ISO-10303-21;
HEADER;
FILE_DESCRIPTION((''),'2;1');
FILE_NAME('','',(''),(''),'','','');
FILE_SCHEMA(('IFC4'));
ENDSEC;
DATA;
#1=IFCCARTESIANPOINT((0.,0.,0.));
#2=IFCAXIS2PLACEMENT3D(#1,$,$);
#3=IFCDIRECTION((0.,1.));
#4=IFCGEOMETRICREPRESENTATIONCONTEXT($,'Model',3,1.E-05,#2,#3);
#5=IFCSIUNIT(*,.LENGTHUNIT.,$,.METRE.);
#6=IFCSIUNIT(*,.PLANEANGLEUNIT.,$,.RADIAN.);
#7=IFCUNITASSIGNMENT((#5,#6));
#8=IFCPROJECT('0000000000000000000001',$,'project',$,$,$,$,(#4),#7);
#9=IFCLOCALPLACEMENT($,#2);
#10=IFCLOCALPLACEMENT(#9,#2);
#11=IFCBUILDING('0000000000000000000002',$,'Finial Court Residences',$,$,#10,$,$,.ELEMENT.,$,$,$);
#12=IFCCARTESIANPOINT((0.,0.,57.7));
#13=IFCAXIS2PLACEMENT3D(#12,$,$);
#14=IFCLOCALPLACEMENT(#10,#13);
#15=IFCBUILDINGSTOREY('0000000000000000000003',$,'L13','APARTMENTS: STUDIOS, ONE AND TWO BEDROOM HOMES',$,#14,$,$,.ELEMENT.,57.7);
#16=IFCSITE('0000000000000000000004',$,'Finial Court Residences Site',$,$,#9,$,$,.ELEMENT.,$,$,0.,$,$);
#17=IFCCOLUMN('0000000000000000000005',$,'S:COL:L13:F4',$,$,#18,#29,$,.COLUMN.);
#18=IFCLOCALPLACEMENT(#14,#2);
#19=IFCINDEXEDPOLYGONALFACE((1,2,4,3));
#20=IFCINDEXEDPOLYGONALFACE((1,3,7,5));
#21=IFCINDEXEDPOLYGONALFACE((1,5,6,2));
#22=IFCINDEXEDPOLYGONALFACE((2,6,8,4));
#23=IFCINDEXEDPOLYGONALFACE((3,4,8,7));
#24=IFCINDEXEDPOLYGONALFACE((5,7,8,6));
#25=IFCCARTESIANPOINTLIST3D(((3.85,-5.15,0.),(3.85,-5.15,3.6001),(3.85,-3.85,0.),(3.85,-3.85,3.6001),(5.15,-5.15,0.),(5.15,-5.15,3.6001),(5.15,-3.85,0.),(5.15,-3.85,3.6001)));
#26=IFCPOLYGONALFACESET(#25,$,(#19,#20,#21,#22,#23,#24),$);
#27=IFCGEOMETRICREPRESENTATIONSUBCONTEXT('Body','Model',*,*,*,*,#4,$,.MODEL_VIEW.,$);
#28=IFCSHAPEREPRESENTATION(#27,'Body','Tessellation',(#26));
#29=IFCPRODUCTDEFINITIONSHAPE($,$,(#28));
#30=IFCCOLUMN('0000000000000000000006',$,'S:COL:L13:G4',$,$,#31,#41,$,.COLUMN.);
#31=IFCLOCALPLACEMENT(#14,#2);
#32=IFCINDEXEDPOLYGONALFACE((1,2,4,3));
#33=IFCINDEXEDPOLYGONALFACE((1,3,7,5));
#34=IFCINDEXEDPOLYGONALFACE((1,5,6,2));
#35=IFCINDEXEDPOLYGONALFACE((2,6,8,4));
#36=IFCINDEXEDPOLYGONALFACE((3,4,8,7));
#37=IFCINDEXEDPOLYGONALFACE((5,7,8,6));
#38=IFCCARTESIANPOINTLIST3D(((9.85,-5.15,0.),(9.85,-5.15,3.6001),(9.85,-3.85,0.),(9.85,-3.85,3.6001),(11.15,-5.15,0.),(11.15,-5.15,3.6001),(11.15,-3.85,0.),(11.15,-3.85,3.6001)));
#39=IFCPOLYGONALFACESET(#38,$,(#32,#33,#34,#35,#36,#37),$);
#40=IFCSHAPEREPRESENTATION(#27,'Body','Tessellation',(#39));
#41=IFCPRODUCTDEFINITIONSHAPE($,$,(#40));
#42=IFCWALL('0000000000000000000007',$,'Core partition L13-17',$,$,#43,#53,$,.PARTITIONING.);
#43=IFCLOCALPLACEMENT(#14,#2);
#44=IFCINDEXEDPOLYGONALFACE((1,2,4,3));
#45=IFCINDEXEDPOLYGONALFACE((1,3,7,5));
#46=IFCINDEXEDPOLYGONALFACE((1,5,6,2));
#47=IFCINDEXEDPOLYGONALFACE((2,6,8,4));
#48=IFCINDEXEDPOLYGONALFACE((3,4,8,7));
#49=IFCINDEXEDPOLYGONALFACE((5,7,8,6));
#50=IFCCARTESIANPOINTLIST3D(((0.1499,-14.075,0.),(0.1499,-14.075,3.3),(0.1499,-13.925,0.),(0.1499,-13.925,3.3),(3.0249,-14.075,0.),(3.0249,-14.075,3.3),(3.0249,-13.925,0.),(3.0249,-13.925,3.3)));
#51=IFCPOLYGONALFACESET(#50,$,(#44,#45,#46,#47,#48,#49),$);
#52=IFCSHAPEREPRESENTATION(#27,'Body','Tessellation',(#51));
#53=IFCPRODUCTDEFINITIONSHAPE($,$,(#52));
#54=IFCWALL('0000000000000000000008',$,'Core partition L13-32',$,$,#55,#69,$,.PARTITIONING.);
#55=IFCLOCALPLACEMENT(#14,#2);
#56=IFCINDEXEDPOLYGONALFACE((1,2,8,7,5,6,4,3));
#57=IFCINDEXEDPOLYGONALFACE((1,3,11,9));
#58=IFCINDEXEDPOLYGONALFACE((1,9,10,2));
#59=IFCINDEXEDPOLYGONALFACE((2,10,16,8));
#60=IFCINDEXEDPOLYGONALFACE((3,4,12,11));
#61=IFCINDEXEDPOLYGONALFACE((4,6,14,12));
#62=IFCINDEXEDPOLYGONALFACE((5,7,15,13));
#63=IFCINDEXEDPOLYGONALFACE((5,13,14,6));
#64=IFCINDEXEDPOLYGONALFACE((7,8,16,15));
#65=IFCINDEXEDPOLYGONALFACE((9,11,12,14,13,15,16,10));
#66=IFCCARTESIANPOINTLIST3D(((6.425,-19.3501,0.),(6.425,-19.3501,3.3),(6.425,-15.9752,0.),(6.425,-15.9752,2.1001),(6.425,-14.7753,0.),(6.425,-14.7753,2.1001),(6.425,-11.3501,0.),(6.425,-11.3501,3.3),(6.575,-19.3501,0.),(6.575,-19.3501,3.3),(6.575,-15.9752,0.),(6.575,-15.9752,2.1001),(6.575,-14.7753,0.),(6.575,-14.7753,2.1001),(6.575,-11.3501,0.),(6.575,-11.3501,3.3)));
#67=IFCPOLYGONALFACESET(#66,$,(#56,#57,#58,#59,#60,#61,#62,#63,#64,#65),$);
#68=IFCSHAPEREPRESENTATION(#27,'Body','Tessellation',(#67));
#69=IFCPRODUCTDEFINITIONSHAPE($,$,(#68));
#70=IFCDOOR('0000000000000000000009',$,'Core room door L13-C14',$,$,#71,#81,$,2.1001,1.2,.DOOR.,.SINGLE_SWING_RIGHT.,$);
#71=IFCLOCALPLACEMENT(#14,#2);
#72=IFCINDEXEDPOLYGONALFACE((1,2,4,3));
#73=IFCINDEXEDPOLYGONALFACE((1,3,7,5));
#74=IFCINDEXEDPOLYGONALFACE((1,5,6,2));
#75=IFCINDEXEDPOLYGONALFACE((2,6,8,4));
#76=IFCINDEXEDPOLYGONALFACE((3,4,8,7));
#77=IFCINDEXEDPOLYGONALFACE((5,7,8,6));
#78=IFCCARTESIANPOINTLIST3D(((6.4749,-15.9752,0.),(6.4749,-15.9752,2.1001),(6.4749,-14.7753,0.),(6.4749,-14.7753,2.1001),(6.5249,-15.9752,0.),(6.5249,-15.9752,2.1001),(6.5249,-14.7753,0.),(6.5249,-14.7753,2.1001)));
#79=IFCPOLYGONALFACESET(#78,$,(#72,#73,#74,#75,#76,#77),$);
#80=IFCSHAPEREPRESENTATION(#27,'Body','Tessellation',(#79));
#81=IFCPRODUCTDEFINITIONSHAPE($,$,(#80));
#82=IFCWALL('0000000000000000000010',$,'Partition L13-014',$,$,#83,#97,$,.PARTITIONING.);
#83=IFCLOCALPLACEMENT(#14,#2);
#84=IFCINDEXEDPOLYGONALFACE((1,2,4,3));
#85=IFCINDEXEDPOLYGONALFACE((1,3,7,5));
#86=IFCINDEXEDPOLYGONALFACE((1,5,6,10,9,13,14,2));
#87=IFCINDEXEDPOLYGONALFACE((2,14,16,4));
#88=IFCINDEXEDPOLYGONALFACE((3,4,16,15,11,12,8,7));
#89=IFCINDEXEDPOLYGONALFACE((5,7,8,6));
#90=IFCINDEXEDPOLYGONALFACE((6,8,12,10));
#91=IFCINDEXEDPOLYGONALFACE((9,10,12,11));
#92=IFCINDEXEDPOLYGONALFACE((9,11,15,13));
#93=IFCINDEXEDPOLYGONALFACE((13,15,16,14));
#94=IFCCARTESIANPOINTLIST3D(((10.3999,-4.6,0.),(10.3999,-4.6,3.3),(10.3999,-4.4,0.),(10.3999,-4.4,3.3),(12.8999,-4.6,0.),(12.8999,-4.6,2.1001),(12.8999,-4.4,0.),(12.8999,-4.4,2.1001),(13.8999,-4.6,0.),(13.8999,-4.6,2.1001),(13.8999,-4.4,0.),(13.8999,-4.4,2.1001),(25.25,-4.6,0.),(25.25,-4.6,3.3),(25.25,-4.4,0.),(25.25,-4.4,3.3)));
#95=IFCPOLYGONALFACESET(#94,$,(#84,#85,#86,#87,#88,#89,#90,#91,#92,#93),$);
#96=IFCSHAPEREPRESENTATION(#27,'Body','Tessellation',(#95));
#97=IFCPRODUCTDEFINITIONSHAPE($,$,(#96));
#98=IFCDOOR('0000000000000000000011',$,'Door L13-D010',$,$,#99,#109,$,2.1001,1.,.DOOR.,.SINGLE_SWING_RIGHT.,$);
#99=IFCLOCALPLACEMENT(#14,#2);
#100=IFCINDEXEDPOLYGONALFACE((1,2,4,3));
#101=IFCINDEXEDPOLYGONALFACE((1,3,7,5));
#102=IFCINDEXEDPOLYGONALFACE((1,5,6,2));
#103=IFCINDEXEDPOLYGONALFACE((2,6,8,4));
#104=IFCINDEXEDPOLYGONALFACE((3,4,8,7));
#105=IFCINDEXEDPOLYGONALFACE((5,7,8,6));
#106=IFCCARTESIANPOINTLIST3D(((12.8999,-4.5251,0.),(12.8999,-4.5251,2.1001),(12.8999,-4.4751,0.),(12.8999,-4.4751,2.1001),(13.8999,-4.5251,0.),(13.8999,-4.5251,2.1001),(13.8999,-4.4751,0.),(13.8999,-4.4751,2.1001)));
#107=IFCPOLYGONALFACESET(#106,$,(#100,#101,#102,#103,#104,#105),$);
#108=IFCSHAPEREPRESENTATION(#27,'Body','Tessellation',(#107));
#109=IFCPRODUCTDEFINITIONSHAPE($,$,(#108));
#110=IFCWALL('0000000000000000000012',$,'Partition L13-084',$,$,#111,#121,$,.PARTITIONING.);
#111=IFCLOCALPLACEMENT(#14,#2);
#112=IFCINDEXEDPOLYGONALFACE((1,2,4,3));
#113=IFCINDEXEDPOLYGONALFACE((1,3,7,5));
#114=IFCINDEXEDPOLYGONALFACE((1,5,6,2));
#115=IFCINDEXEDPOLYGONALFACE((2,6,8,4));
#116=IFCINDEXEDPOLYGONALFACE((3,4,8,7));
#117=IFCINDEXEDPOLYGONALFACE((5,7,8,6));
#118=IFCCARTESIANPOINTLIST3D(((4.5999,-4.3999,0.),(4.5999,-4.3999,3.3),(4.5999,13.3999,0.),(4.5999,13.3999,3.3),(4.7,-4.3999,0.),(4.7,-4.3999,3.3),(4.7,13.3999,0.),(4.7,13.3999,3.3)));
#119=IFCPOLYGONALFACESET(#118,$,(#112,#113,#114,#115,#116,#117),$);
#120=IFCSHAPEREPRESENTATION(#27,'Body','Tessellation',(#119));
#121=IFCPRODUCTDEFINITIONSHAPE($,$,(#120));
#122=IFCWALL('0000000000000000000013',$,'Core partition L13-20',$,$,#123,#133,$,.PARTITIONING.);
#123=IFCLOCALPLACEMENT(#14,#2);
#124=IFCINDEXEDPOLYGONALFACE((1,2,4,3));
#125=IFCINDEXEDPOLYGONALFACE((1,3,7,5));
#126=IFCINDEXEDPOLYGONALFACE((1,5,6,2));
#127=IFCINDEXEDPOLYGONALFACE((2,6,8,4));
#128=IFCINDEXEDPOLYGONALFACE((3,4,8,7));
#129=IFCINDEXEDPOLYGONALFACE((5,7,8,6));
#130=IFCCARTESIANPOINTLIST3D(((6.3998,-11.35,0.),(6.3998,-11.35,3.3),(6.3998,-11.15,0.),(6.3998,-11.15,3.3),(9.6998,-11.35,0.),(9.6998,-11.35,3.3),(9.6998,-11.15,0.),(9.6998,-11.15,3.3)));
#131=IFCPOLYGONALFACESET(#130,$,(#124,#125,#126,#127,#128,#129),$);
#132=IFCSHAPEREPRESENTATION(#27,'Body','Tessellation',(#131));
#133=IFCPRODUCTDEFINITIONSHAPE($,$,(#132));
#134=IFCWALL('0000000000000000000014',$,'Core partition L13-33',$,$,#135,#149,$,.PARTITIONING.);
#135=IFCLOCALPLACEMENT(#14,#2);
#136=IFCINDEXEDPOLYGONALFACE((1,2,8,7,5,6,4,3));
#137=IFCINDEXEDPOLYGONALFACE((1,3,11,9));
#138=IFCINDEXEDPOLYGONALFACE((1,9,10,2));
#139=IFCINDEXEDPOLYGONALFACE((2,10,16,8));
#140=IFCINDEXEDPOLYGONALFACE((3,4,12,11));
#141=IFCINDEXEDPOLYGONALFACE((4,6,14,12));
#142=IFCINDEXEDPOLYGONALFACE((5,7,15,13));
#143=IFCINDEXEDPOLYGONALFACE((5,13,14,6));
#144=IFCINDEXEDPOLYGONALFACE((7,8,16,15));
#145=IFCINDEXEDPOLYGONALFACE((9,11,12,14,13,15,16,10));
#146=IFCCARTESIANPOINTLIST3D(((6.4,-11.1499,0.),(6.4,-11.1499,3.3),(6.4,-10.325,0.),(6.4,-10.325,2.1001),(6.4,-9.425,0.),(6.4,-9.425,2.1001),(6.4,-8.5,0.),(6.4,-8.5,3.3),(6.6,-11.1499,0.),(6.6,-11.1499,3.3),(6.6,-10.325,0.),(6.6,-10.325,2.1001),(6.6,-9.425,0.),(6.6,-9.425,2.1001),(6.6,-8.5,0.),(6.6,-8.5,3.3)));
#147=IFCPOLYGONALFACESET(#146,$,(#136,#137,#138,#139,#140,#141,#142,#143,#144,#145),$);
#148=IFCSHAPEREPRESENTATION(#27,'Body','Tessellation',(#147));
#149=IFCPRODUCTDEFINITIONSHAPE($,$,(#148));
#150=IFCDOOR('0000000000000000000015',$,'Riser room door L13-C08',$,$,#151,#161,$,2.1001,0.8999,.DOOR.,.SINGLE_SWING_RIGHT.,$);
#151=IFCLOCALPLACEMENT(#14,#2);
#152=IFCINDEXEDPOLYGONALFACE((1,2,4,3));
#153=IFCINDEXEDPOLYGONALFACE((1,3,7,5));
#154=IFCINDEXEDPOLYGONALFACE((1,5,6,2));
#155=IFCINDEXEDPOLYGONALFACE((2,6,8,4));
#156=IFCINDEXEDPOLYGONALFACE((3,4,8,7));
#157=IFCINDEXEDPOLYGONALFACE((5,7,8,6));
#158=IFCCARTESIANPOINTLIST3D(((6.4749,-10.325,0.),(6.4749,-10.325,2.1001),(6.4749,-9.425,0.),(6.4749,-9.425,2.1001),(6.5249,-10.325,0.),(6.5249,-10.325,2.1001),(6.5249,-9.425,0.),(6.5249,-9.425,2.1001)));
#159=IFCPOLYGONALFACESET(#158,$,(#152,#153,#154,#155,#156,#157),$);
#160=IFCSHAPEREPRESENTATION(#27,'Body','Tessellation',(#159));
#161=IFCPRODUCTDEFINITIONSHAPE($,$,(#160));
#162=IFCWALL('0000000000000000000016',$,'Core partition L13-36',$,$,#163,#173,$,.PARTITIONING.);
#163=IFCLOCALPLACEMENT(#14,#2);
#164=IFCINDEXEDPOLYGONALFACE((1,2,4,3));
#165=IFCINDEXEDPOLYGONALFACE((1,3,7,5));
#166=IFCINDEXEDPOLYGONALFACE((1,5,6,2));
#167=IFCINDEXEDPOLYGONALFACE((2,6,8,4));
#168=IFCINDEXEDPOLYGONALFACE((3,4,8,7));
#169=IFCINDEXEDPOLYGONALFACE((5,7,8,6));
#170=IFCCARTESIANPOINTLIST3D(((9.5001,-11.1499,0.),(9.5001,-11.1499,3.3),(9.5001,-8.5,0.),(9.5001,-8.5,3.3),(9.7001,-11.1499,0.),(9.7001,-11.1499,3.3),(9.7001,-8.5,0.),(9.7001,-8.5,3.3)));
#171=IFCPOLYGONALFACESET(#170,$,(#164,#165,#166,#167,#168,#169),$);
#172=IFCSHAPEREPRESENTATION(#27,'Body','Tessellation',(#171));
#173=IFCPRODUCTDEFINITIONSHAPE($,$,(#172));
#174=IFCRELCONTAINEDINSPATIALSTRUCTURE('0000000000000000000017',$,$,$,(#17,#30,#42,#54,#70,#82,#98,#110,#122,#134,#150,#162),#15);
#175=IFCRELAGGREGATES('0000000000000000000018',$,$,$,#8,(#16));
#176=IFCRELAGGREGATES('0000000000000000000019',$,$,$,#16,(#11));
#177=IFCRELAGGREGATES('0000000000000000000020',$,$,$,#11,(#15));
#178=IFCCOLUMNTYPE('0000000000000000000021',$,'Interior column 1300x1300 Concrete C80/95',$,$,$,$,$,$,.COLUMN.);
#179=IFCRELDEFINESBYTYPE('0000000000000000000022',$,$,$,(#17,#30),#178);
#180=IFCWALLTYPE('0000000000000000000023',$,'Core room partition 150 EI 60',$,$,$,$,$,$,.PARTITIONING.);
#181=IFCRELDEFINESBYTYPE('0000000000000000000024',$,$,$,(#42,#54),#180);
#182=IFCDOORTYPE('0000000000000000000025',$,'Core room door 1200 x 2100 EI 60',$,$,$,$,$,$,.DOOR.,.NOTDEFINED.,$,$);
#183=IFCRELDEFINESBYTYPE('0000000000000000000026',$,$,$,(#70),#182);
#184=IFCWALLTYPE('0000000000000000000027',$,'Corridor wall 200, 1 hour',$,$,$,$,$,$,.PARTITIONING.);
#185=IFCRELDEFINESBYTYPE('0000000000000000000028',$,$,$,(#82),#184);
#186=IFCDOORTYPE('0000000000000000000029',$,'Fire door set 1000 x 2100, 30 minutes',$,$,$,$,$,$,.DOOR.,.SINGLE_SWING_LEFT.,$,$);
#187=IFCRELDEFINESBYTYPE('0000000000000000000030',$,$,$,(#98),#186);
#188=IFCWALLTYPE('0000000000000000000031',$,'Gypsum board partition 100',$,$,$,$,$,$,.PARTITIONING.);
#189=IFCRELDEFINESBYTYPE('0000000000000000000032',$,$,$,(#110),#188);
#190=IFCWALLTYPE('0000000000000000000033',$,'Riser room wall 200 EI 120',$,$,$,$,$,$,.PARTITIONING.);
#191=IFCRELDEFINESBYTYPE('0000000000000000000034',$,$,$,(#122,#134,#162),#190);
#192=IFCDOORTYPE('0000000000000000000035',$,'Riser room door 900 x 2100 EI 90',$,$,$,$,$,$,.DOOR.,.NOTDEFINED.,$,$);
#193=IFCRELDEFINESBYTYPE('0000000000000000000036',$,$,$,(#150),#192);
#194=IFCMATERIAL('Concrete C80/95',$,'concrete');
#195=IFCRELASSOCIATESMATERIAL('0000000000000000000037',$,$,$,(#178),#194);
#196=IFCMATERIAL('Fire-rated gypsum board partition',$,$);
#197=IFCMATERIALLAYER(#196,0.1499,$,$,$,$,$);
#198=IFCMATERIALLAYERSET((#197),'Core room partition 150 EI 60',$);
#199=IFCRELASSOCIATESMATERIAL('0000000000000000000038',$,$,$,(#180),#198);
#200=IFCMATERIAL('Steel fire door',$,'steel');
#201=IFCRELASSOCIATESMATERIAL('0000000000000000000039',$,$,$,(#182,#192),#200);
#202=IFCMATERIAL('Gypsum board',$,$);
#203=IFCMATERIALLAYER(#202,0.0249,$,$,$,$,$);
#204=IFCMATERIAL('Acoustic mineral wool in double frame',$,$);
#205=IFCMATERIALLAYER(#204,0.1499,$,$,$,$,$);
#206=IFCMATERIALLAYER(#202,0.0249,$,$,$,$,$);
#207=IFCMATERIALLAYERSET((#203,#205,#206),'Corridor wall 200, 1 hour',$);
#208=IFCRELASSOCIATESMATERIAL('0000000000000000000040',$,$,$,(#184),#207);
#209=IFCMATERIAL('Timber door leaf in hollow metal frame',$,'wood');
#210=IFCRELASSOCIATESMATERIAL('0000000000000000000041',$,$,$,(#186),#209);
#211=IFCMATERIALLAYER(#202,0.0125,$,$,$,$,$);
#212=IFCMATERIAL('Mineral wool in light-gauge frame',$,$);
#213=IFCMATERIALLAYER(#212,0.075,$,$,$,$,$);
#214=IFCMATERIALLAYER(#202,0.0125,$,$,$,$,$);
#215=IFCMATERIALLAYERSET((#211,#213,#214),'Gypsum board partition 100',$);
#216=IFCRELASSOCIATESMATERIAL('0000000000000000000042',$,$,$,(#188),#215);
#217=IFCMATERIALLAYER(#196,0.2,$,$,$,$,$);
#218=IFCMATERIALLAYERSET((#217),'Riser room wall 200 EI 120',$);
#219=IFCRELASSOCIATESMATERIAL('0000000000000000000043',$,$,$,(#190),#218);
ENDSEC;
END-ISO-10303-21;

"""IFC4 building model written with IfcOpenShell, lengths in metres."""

from ifc_helpers import new_model, si_unit, direction, frame, frame_2d, origin, origin_2d, place, context, subcontext, project, spatial, rectangle, extrude, material, layer, layer_set, material_profile, profile_set, type_object, element, fill, save


model = new_model("IFC4")

# Units and contexts
model_context = context("Model", 3, precision=1e-05, world=origin(), true_north=direction((0.0, 1.0)))
body_context = subcontext(model_context, "Body", "Model", "MODEL_VIEW")
ifc_project = project(units=[si_unit("LENGTHUNIT", "METRE"), si_unit("PLANEANGLEUNIT", "RADIAN")], contexts=[model_context])

# Site, building, storey
site_placement = place(None, origin())
site = spatial("IfcSite", under=ifc_project, at=site_placement, Name="Finial Court Residences Site", CompositionType="ELEMENT", RefElevation=0.0)
building_placement = place(site_placement, origin())
building = spatial("IfcBuilding", under=site, at=building_placement, Name="Finial Court Residences", CompositionType="ELEMENT")
storey_placement = place(building_placement, frame((0.0, 0.0, 57.7)))
storey = spatial("IfcBuildingStorey", under=building, at=storey_placement, Name="L13", Description="APARTMENTS: STUDIOS, ONE AND TWO BEDROOM HOMES", CompositionType="ELEMENT", Elevation=57.7)

# Columns
ifc_material_1 = material(Name="Concrete C80/95", Category="concrete")
ifc_material_profile = material_profile(ifc_material_1, rectangle(XDim=1.3, YDim=1.3, at=origin_2d()), Name="1300x1300")
ifc_profile_set = profile_set([ifc_material_profile], Name="Concrete C80/95")
column_type = type_object("IfcColumnType", Name="Interior column 1300x1300 Concrete C80/95", PredefinedType="COLUMN", material=ifc_profile_set)
for number, where, z_axis, x_axis, name in (
    (1, (4.5, -4.5, 0.0), (0.0, 0.0, 1.0), (1.0, 0.0, 0.0), "S:COL:L13:F4"),
    (2, (10.5, -4.5, 0.0), (0.0, 0.0, 1.0), (1.0, 0.0, 0.0), "S:COL:L13:G4"),
):
    element("IfcColumn", number, at=place(storey_placement, frame(where, z_axis=z_axis, x_axis=x_axis)), inside=storey, type_object=column_type, Name=name, PredefinedType="COLUMN", context=body_context, shape_type="SweptSolid", body=[
        extrude(rectangle(XDim=1.3, YDim=1.3, at=origin_2d()), origin(), (0.0, 0.0, 1.0), 3.6001),
    ])

# Wall
ifc_material_2 = material(Name="Fire-rated gypsum board partition")
ifc_layer_1 = layer(ifc_material_2, 0.1499)
ifc_layer_set_1 = layer_set([ifc_layer_1], Name="Core room partition 150 EI 60")
wall_type_1 = type_object("IfcWallType", Name="Core room partition 150 EI 60", PredefinedType="PARTITIONING", material=ifc_layer_set_1)
wall_1_placement = place(storey_placement, frame((0.1499, -14.0, 0.0), z_axis=(0.0, 0.0, 1.0), x_axis=(1.0, 0.0, 0.0)))
element("IfcWall", 3, at=wall_1_placement, inside=storey, type_object=wall_type_1, Name="Core partition L13-17", PredefinedType="PARTITIONING", context=body_context, shape_type="SweptSolid", body=[
    extrude(rectangle(XDim=2.875, YDim=0.1499, at=frame_2d((1.4375, 0.0))), origin(), (0.0, 0.0, 1.0), 3.3),
])

# Walls, openings, doors
wall_2_placement = place(storey_placement, frame((6.5, -11.3501, 0.0), z_axis=(0.0, 0.0, 1.0), x_axis=(0.0, -1.0, 0.0)))
wall_2 = element("IfcWall", 4, at=wall_2_placement, inside=storey, type_object=wall_type_1, Name="Core partition L13-32", PredefinedType="PARTITIONING", context=body_context, shape_type="SweptSolid", body=[
    extrude(rectangle(XDim=8.0, YDim=0.1499, at=frame_2d((4.0, 0.0))), origin(), (0.0, 0.0, 1.0), 3.3),
])
opening_1_placement = place(wall_2_placement, frame((3.425, 0.0, 0.0)))
opening_1 = element("IfcOpeningElement", 5, at=opening_1_placement, cuts=wall_2, PredefinedType="OPENING", context=body_context, shape_type="SweptSolid", body=[
    extrude(rectangle(XDim=1.2, YDim=2.1001, at=frame_2d((0.6001, 1.05))), frame((0.0, 0.085, 0.0), z_axis=(0.0, -1.0, 0.0), x_axis=(1.0, 0.0, 0.0)), (0.0, 0.0, 1.0), 0.1699),
])
ifc_material_3 = material(Name="Steel fire door", Category="steel")
door_type_1 = type_object("IfcDoorType", Name="Core room door 1200 x 2100 EI 60", OperationType="NOTDEFINED", PredefinedType="DOOR", material=ifc_material_3)
door_1_placement = place(opening_1_placement, origin())
door_1 = element("IfcDoor", 6, at=door_1_placement, inside=storey, type_object=door_type_1, Name="Core room door L13-C14", OperationType="SINGLE_SWING_RIGHT", OverallHeight=2.1001, OverallWidth=1.2, PredefinedType="DOOR", context=body_context, shape_type="SweptSolid", body=[
    extrude(rectangle(XDim=1.2, YDim=2.1001, at=frame_2d((0.6001, 1.05))), frame((0.0, 0.0249, 0.0), z_axis=(0.0, -1.0, 0.0), x_axis=(1.0, 0.0, 0.0)), (0.0, 0.0, 1.0), 0.05),
])
fill(opening_1, door_1)
ifc_material_4 = material(Name="Gypsum board")
ifc_layer_2 = layer(ifc_material_4, 0.0249)
ifc_material_5 = material(Name="Acoustic mineral wool in double frame")
ifc_layer_3 = layer(ifc_material_5, 0.1499)
ifc_layer_4 = layer(ifc_material_4, 0.0249)
ifc_layer_set_2 = layer_set([ifc_layer_2, ifc_layer_3, ifc_layer_4], Name="Corridor wall 200, 1 hour")
wall_type_2 = type_object("IfcWallType", Name="Corridor wall 200, 1 hour", PredefinedType="PARTITIONING", material=ifc_layer_set_2)
wall_3_placement = place(storey_placement, frame((10.3999, -4.5, 0.0), z_axis=(0.0, 0.0, 1.0), x_axis=(1.0, 0.0, 0.0)))
wall_3 = element("IfcWall", 7, at=wall_3_placement, inside=storey, type_object=wall_type_2, Name="Partition L13-014", PredefinedType="PARTITIONING", context=body_context, shape_type="SweptSolid", body=[
    extrude(rectangle(XDim=14.8501, YDim=0.2, at=frame_2d((7.425, 0.0))), origin(), (0.0, 0.0, 1.0), 3.3),
])
opening_2_placement = place(wall_3_placement, frame((2.5, 0.0, 0.0)))
opening_2 = element("IfcOpeningElement", 8, at=opening_2_placement, cuts=wall_3, PredefinedType="OPENING", context=body_context, shape_type="SweptSolid", body=[
    extrude(rectangle(XDim=1.0, YDim=2.1001, at=frame_2d((0.5, 1.05))), frame((0.0, 0.1099, 0.0), z_axis=(0.0, -1.0, 0.0), x_axis=(1.0, 0.0, 0.0)), (0.0, 0.0, 1.0), 0.22),
])
ifc_material_6 = material(Name="Timber door leaf in hollow metal frame", Category="wood")
door_type_2 = type_object("IfcDoorType", Name="Fire door set 1000 x 2100, 30 minutes", OperationType="SINGLE_SWING_LEFT", PredefinedType="DOOR", material=ifc_material_6)
door_2_placement = place(opening_2_placement, origin())
door_2 = element("IfcDoor", 9, at=door_2_placement, inside=storey, type_object=door_type_2, Name="Door L13-D010", OperationType="SINGLE_SWING_RIGHT", OverallHeight=2.1001, OverallWidth=1.0, PredefinedType="DOOR", context=body_context, shape_type="SweptSolid", body=[
    extrude(rectangle(XDim=1.0, YDim=2.1001, at=frame_2d((0.5, 1.05))), frame((0.0, 0.0249, 0.0), z_axis=(0.0, -1.0, 0.0), x_axis=(1.0, 0.0, 0.0)), (0.0, 0.0, 1.0), 0.05),
])
fill(opening_2, door_2)

# Walls
ifc_layer_5 = layer(ifc_material_4, 0.0125)
ifc_material_7 = material(Name="Mineral wool in light-gauge frame")
ifc_layer_6 = layer(ifc_material_7, 0.075)
ifc_layer_7 = layer(ifc_material_4, 0.0125)
ifc_layer_set_3 = layer_set([ifc_layer_5, ifc_layer_6, ifc_layer_7], Name="Gypsum board partition 100")
wall_type_3 = type_object("IfcWallType", Name="Gypsum board partition 100", PredefinedType="PARTITIONING", material=ifc_layer_set_3)
wall_4_placement = place(storey_placement, frame((4.6499, -4.3999, 0.0), z_axis=(0.0, 0.0, 1.0), x_axis=(0.0, 1.0, 0.0)))
element("IfcWall", 10, at=wall_4_placement, inside=storey, type_object=wall_type_3, Name="Partition L13-084", PredefinedType="PARTITIONING", context=body_context, shape_type="SweptSolid", body=[
    extrude(rectangle(XDim=17.7998, YDim=0.1001, at=frame_2d((8.8999, 0.0))), origin(), (0.0, 0.0, 1.0), 3.3),
])
ifc_layer_8 = layer(ifc_material_2, 0.2)
ifc_layer_set_4 = layer_set([ifc_layer_8], Name="Riser room wall 200 EI 120")
wall_type_4 = type_object("IfcWallType", Name="Riser room wall 200 EI 120", PredefinedType="PARTITIONING", material=ifc_layer_set_4)
wall_5_placement = place(storey_placement, frame((6.3999, -11.25, 0.0), z_axis=(0.0, 0.0, 1.0), x_axis=(1.0, 0.0, 0.0)))
element("IfcWall", 11, at=wall_5_placement, inside=storey, type_object=wall_type_4, Name="Core partition L13-20", PredefinedType="PARTITIONING", context=body_context, shape_type="SweptSolid", body=[
    extrude(rectangle(XDim=3.3, YDim=0.2, at=frame_2d((1.6499, 0.0))), origin(), (0.0, 0.0, 1.0), 3.3),
])

# Wall, opening, door
wall_6_placement = place(storey_placement, frame((6.5, -8.5, 0.0), z_axis=(0.0, 0.0, 1.0), x_axis=(0.0, -1.0, 0.0)))
wall_6 = element("IfcWall", 12, at=wall_6_placement, inside=storey, type_object=wall_type_4, Name="Core partition L13-33", PredefinedType="PARTITIONING", context=body_context, shape_type="SweptSolid", body=[
    extrude(rectangle(XDim=2.6499, YDim=0.2, at=frame_2d((1.325, 0.0))), origin(), (0.0, 0.0, 1.0), 3.3),
])
opening_3_placement = place(wall_6_placement, frame((0.925, 0.0, 0.0)))
opening_3 = element("IfcOpeningElement", 13, at=opening_3_placement, cuts=wall_6, PredefinedType="OPENING", context=body_context, shape_type="SweptSolid", body=[
    extrude(rectangle(XDim=0.8999, YDim=2.1001, at=frame_2d((0.45, 1.05))), frame((0.0, 0.1099, 0.0), z_axis=(0.0, -1.0, 0.0), x_axis=(1.0, 0.0, 0.0)), (0.0, 0.0, 1.0), 0.22),
])
door_type_3 = type_object("IfcDoorType", Name="Riser room door 900 x 2100 EI 90", OperationType="NOTDEFINED", PredefinedType="DOOR", material=ifc_material_3)
door_3_placement = place(opening_3_placement, origin())
door_3 = element("IfcDoor", 14, at=door_3_placement, inside=storey, type_object=door_type_3, Name="Riser room door L13-C08", OperationType="SINGLE_SWING_RIGHT", OverallHeight=2.1001, OverallWidth=0.8999, PredefinedType="DOOR", context=body_context, shape_type="SweptSolid", body=[
    extrude(rectangle(XDim=0.8999, YDim=2.1001, at=frame_2d((0.45, 1.05))), frame((0.0, 0.0249, 0.0), z_axis=(0.0, -1.0, 0.0), x_axis=(1.0, 0.0, 0.0)), (0.0, 0.0, 1.0), 0.05),
])
fill(opening_3, door_3)

# Wall
wall_7_placement = place(storey_placement, frame((9.6001, -11.1499, 0.0), z_axis=(0.0, 0.0, 1.0), x_axis=(0.0, 1.0, 0.0)))
element("IfcWall", 15, at=wall_7_placement, inside=storey, type_object=wall_type_4, Name="Core partition L13-36", PredefinedType="PARTITIONING", context=body_context, shape_type="SweptSolid", body=[
    extrude(rectangle(XDim=2.6499, YDim=0.2, at=frame_2d((1.325, 0.0))), origin(), (0.0, 0.0, 1.0), 3.3),
])

save(model, "model.ifc")
